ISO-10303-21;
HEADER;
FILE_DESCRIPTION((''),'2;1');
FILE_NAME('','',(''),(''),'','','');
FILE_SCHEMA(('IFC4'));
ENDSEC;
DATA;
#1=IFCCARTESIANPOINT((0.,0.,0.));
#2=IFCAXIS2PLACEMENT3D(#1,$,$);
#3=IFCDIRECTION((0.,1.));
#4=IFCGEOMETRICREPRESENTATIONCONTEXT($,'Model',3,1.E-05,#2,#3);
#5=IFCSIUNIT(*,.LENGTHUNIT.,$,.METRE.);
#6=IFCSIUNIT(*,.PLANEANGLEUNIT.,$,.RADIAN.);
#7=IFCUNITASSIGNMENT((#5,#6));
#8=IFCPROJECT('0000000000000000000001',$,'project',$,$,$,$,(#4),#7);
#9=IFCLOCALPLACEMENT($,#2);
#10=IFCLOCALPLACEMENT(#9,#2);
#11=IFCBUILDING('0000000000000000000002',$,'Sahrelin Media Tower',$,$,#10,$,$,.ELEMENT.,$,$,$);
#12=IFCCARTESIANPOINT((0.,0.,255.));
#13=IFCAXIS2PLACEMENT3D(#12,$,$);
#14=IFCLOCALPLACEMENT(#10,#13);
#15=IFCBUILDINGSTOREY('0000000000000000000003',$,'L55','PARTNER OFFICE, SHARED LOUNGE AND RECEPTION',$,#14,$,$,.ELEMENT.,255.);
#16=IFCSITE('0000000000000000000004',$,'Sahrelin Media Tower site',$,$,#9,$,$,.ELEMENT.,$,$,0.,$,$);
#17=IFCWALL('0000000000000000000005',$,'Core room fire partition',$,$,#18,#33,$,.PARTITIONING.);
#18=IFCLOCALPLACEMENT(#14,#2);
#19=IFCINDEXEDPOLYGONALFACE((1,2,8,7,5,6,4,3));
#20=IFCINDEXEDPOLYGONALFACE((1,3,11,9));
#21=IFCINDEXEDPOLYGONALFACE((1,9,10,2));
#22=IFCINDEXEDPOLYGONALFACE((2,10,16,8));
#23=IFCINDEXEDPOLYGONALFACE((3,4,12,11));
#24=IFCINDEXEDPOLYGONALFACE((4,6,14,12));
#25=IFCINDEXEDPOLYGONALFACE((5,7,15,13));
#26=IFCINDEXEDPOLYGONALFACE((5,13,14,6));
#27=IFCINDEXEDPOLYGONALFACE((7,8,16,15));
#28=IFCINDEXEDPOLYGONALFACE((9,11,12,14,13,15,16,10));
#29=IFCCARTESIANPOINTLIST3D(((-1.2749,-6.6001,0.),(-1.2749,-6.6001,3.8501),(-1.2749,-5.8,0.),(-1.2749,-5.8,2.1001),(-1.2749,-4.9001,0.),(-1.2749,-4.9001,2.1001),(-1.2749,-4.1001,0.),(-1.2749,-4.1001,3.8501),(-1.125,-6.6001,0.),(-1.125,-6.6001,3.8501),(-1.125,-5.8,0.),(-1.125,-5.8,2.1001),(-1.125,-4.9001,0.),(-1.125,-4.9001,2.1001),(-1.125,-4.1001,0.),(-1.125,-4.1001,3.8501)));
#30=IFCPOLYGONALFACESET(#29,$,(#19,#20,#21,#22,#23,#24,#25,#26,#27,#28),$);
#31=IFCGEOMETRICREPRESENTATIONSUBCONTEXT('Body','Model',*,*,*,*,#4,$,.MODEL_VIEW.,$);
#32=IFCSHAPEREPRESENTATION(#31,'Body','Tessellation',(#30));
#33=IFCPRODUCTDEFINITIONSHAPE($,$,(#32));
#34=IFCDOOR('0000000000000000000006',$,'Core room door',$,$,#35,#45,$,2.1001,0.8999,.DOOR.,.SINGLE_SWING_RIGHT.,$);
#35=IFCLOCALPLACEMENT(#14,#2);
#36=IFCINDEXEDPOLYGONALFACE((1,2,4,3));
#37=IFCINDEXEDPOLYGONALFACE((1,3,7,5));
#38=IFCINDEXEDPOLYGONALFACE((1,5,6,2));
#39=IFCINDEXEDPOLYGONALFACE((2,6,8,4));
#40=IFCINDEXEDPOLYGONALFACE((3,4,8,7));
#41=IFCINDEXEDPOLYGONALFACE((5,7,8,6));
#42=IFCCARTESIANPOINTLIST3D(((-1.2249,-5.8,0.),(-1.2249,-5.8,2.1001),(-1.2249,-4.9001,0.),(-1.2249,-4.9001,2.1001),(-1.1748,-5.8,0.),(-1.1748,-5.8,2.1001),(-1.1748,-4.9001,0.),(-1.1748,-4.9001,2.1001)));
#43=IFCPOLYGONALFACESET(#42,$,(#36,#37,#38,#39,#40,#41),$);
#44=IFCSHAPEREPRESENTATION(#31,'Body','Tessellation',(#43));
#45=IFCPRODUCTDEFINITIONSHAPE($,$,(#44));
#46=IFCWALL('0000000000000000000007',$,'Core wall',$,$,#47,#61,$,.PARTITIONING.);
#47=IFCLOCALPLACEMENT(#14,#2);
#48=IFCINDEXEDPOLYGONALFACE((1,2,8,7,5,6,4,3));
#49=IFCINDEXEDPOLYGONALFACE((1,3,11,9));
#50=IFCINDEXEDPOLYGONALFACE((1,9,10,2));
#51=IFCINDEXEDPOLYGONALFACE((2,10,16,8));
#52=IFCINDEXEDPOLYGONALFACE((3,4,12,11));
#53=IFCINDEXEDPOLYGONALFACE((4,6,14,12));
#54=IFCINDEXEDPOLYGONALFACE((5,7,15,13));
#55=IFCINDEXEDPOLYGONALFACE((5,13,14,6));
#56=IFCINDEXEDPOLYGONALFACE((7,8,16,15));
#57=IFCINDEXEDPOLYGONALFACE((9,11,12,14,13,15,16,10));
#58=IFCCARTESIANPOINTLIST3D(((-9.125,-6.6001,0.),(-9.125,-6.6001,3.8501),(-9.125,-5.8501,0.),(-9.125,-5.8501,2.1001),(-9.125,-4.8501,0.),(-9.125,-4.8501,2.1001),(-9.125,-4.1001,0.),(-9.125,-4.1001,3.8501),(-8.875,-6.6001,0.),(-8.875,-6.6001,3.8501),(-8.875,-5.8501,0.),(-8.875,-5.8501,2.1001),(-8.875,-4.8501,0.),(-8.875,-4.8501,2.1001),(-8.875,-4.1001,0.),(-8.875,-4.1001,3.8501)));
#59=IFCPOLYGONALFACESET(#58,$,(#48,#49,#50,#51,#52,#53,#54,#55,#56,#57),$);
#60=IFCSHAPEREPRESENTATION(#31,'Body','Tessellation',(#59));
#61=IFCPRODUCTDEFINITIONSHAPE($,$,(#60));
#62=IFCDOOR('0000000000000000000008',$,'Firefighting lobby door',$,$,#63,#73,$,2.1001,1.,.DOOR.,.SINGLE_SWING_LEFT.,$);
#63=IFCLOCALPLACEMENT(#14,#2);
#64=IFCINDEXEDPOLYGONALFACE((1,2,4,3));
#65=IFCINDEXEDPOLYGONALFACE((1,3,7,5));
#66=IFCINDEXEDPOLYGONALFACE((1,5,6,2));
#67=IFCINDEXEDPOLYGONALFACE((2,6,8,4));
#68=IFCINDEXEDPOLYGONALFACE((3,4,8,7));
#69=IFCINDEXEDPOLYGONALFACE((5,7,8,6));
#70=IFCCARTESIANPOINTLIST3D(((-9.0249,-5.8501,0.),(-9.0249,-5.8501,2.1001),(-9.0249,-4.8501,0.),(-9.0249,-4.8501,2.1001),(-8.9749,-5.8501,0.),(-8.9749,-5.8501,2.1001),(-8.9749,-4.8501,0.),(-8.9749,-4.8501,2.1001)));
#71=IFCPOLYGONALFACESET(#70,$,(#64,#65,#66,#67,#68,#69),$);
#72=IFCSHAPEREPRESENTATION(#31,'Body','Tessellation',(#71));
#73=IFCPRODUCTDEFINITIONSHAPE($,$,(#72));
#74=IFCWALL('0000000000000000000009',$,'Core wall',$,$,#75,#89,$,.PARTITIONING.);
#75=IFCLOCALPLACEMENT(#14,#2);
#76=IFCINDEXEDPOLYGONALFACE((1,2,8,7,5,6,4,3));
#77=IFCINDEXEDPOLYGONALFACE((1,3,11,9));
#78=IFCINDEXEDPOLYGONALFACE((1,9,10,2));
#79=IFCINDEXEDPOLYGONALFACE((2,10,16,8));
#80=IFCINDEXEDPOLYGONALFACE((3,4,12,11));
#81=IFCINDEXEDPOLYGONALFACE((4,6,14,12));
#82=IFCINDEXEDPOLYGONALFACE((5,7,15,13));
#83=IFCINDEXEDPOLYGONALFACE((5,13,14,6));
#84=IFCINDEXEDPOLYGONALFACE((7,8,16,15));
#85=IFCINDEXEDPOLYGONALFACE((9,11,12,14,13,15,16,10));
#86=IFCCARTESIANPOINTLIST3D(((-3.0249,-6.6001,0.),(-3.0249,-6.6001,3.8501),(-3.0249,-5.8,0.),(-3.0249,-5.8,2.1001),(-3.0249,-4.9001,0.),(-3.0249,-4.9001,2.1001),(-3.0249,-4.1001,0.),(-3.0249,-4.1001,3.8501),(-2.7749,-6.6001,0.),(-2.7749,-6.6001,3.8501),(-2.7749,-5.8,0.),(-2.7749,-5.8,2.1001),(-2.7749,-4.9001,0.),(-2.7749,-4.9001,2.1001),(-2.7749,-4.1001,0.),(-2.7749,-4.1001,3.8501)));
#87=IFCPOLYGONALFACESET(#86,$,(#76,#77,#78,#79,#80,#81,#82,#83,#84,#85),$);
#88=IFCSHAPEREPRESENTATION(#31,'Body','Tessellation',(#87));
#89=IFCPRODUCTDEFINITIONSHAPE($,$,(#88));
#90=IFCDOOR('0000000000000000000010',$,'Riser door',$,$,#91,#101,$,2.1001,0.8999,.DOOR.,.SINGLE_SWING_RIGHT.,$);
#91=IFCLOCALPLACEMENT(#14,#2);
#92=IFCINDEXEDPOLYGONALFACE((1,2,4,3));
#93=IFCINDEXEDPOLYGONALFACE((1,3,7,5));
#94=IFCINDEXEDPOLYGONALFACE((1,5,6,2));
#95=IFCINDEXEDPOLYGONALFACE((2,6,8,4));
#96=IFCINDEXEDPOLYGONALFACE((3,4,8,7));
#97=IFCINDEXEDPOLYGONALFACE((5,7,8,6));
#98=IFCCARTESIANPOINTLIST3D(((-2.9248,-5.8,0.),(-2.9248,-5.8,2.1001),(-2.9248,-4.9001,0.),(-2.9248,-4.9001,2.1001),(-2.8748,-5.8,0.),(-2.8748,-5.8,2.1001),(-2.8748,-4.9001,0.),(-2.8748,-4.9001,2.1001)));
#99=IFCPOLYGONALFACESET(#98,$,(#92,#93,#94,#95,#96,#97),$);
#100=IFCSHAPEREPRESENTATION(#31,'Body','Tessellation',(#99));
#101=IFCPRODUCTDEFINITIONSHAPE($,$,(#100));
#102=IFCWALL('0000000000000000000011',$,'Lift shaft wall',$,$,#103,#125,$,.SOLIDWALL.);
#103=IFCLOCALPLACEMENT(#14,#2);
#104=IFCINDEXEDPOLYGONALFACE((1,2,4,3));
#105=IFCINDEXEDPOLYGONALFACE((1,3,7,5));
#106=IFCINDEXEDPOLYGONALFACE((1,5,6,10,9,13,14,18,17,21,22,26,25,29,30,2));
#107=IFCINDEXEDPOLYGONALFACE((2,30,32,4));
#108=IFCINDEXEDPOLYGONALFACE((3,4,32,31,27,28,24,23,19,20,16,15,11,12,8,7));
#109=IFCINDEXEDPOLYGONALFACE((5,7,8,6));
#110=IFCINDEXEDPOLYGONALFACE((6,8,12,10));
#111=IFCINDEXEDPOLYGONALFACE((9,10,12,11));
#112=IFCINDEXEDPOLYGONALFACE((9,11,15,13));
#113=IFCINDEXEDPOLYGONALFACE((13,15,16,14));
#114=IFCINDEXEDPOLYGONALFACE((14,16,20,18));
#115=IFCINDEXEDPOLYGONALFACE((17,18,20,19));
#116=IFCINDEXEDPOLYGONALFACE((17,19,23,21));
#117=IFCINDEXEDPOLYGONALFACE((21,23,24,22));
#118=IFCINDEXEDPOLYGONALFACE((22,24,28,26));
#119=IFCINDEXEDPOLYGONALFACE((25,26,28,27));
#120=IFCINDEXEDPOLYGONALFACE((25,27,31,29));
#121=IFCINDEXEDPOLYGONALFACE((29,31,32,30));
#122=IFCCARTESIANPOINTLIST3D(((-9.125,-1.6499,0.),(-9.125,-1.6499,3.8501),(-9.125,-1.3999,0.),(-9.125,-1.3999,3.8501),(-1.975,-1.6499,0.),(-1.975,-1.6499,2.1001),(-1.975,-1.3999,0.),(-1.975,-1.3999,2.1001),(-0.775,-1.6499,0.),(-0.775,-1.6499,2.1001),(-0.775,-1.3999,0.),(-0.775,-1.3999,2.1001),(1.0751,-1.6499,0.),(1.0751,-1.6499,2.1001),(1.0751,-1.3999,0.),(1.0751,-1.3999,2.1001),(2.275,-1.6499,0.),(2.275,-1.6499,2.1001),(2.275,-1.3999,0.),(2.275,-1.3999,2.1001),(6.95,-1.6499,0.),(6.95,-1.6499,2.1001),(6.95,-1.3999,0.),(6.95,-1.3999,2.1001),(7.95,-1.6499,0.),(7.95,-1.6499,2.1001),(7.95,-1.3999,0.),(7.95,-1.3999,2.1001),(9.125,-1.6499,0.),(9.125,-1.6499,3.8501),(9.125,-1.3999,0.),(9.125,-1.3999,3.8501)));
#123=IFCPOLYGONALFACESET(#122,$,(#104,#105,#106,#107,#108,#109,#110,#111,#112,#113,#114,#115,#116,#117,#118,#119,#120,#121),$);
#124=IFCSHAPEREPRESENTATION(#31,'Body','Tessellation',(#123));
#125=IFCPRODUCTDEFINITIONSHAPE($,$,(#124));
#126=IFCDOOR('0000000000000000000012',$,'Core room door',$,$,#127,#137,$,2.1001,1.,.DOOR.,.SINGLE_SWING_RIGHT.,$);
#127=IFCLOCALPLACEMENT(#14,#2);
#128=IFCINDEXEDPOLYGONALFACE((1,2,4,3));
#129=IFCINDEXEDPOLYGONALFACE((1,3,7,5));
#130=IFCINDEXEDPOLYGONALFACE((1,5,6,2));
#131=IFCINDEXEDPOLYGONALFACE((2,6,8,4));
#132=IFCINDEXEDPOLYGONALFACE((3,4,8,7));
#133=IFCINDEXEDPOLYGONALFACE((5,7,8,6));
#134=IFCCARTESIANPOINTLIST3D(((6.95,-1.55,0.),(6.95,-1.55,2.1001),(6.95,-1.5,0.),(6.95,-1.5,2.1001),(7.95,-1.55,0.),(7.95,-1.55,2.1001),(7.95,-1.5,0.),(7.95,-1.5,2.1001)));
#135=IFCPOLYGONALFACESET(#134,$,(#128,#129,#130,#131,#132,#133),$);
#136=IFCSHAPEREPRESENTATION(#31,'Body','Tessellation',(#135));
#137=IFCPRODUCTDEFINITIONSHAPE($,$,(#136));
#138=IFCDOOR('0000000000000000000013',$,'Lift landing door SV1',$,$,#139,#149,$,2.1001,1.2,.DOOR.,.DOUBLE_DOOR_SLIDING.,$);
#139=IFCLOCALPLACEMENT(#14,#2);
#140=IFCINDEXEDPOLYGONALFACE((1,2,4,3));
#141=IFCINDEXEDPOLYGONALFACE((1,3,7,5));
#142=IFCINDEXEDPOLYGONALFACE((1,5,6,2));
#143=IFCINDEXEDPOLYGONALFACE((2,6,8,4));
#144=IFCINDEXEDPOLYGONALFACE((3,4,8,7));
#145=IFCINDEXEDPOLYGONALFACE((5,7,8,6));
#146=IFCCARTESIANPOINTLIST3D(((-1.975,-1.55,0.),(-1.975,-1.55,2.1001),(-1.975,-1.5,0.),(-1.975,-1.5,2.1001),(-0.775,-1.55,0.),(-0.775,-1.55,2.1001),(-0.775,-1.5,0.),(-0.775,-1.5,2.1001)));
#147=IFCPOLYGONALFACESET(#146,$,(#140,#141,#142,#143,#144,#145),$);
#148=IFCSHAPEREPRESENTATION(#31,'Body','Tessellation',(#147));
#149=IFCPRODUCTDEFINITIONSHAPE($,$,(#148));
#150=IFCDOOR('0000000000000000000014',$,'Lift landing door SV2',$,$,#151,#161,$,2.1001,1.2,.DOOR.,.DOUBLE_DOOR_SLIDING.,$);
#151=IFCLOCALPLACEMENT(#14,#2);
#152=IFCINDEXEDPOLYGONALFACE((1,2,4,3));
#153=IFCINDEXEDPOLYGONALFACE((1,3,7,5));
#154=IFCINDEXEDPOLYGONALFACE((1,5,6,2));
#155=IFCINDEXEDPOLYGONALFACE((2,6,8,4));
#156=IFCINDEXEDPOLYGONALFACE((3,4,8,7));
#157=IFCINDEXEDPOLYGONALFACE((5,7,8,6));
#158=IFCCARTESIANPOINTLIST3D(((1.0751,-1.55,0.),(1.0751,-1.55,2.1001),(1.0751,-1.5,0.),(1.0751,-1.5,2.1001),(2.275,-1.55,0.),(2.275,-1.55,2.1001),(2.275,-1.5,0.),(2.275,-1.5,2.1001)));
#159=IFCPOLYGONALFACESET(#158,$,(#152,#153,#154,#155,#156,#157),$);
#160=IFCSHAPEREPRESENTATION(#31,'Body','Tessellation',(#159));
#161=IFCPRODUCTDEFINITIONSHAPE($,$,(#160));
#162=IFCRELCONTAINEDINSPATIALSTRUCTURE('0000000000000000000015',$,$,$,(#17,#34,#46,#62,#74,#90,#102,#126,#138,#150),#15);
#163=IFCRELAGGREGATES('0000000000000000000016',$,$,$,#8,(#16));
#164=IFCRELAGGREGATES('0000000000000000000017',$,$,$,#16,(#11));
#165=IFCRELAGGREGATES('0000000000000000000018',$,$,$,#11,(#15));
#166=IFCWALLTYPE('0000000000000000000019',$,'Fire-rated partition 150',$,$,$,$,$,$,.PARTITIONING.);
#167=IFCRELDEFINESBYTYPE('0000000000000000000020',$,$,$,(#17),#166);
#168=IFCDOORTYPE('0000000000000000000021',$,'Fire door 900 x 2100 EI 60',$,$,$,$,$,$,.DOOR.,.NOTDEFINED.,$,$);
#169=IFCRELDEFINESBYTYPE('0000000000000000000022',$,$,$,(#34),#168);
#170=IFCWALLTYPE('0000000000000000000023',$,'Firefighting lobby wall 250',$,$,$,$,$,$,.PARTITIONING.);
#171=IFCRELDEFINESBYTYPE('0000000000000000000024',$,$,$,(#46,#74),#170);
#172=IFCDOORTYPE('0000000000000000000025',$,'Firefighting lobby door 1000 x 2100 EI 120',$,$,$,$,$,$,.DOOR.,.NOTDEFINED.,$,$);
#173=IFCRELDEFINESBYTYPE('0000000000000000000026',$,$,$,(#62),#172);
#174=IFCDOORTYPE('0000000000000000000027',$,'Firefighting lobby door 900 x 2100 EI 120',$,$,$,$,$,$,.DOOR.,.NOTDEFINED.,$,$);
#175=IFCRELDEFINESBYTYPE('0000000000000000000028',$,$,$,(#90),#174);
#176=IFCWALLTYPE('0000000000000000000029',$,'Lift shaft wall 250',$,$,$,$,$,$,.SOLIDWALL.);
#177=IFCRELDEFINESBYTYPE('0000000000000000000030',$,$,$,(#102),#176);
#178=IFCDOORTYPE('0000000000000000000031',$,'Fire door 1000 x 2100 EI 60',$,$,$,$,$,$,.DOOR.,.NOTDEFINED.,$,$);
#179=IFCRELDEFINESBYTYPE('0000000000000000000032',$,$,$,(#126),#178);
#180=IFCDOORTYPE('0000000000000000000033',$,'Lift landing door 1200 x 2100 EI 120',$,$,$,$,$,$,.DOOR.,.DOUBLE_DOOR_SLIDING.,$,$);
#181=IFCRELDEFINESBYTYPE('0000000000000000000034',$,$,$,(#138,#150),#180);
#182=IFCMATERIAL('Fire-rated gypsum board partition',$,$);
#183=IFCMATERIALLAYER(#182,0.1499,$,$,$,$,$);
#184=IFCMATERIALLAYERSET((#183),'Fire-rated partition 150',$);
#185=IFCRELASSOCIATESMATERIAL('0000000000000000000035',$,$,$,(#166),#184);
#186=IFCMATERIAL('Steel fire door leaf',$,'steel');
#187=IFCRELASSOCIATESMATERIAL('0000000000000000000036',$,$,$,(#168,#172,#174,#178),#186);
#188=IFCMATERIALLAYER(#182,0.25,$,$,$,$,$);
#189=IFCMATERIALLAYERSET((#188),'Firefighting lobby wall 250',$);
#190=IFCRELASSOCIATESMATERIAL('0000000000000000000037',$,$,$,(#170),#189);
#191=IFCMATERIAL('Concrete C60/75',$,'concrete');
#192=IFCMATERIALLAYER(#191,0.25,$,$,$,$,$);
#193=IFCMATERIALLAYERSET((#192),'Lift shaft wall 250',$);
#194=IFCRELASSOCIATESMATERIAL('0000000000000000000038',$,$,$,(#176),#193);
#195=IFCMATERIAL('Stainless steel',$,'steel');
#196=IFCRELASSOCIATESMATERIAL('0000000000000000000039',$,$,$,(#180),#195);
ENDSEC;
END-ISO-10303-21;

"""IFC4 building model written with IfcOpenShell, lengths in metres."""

from ifc_helpers import new_model, si_unit, direction, frame, frame_2d, origin, place, context, subcontext, project, spatial, rectangle, extrude, material, layer, layer_set, type_object, element, fill, save


model = new_model("IFC4")

# Units and contexts
model_context = context("Model", 3, precision=1e-05, world=origin(), true_north=direction((0.0, 1.0)))
body_context = subcontext(model_context, "Body", "Model", "MODEL_VIEW")
ifc_project = project(units=[si_unit("LENGTHUNIT", "METRE"), si_unit("PLANEANGLEUNIT", "RADIAN")], contexts=[model_context])

# Site, building, storey
site_placement = place(None, origin())
site = spatial("IfcSite", under=ifc_project, at=site_placement, Name="Sahrelin Media Tower site", CompositionType="ELEMENT", RefElevation=0.0)
building_placement = place(site_placement, origin())
building = spatial("IfcBuilding", under=site, at=building_placement, Name="Sahrelin Media Tower", CompositionType="ELEMENT")
storey_placement = place(building_placement, frame((0.0, 0.0, 255.0)))
storey = spatial("IfcBuildingStorey", under=building, at=storey_placement, Name="L55", Description="PARTNER OFFICE, SHARED LOUNGE AND RECEPTION", CompositionType="ELEMENT", Elevation=255.0)

# Shared definitions
ifc_material_1 = material(Name="Concrete C60/75", Category="concrete")

# Walls, openings, doors
ifc_material_2 = material(Name="Fire-rated gypsum board partition")
ifc_layer_1 = layer(ifc_material_2, 0.1499)
ifc_layer_set_1 = layer_set([ifc_layer_1], Name="Fire-rated partition 150")
wall_type_1 = type_object("IfcWallType", Name="Fire-rated partition 150", PredefinedType="PARTITIONING", material=ifc_layer_set_1)
wall_1_placement = place(storey_placement, frame((-1.2, -6.6001, 0.0), z_axis=(0.0, 0.0, 1.0), x_axis=(0.0, 1.0, 0.0)))
wall_1 = element("IfcWall", 1, at=wall_1_placement, inside=storey, type_object=wall_type_1, Name="Core room fire partition", PredefinedType="PARTITIONING", context=body_context, shape_type="SweptSolid", body=[
    extrude(rectangle(XDim=2.5, YDim=0.1499, at=frame_2d((1.25, 0.0))), origin(), (0.0, 0.0, 1.0), 3.8501),
])
opening_1_placement = place(wall_1_placement, frame((0.8, 0.0, 0.0)))
opening_1 = element("IfcOpeningElement", 2, at=opening_1_placement, cuts=wall_1, PredefinedType="OPENING", context=body_context, shape_type="SweptSolid", body=[
    extrude(rectangle(XDim=0.8999, YDim=2.1001, at=frame_2d((0.45, 1.05))), frame((0.0, 0.075, 0.0), z_axis=(0.0, -1.0, 0.0), x_axis=(1.0, 0.0, 0.0)), (0.0, 0.0, 1.0), 0.1499),
])
ifc_material_3 = material(Name="Steel fire door leaf", Category="steel")
door_type_1 = type_object("IfcDoorType", Name="Fire door 900 x 2100 EI 60", OperationType="NOTDEFINED", PredefinedType="DOOR", material=ifc_material_3)
door_1_placement = place(opening_1_placement, origin())
door_1 = element("IfcDoor", 3, at=door_1_placement, inside=storey, type_object=door_type_1, Name="Core room door", OperationType="SINGLE_SWING_RIGHT", OverallHeight=2.1001, OverallWidth=0.8999, PredefinedType="DOOR", context=body_context, shape_type="SweptSolid", body=[
    extrude(rectangle(XDim=0.8999, YDim=2.1001, at=frame_2d((0.45, 1.05))), frame((0.0, 0.0249, 0.0), z_axis=(0.0, -1.0, 0.0), x_axis=(1.0, 0.0, 0.0)), (0.0, 0.0, 1.0), 0.05),
])
fill(opening_1, door_1)
ifc_layer_2 = layer(ifc_material_2, 0.25)
ifc_layer_set_2 = layer_set([ifc_layer_2], Name="Firefighting lobby wall 250")
wall_type_2 = type_object("IfcWallType", Name="Firefighting lobby wall 250", PredefinedType="PARTITIONING", material=ifc_layer_set_2)
wall_2_placement = place(storey_placement, frame((-9.0, -6.6001, 0.0), z_axis=(0.0, 0.0, 1.0), x_axis=(0.0, 1.0, 0.0)))
wall_2 = element("IfcWall", 4, at=wall_2_placement, inside=storey, type_object=wall_type_2, Name="Core wall", PredefinedType="PARTITIONING", context=body_context, shape_type="SweptSolid", body=[
    extrude(rectangle(XDim=2.5, YDim=0.25, at=frame_2d((1.25, 0.0))), origin(), (0.0, 0.0, 1.0), 3.8501),
])
opening_2_placement = place(wall_2_placement, frame((0.75, 0.0, 0.0)))
opening_2 = element("IfcOpeningElement", 5, at=opening_2_placement, cuts=wall_2, PredefinedType="OPENING", context=body_context, shape_type="SweptSolid", body=[
    extrude(rectangle(XDim=1.0, YDim=2.1001, at=frame_2d((0.5, 1.05))), frame((0.0, 0.125, 0.0), z_axis=(0.0, -1.0, 0.0), x_axis=(1.0, 0.0, 0.0)), (0.0, 0.0, 1.0), 0.25),
])
door_type_2 = type_object("IfcDoorType", Name="Firefighting lobby door 1000 x 2100 EI 120", OperationType="NOTDEFINED", PredefinedType="DOOR", material=ifc_material_3)
door_2_placement = place(opening_2_placement, origin())
door_2 = element("IfcDoor", 6, at=door_2_placement, inside=storey, type_object=door_type_2, Name="Firefighting lobby door", OperationType="SINGLE_SWING_LEFT", OverallHeight=2.1001, OverallWidth=1.0, PredefinedType="DOOR", context=body_context, shape_type="SweptSolid", body=[
    extrude(rectangle(XDim=1.0, YDim=2.1001, at=frame_2d((0.5, 1.05))), frame((0.0, 0.0249, 0.0), z_axis=(0.0, -1.0, 0.0), x_axis=(1.0, 0.0, 0.0)), (0.0, 0.0, 1.0), 0.05),
])
fill(opening_2, door_2)
wall_3_placement = place(storey_placement, frame((-2.8999, -6.6001, 0.0), z_axis=(0.0, 0.0, 1.0), x_axis=(0.0, 1.0, 0.0)))
wall_3 = element("IfcWall", 7, at=wall_3_placement, inside=storey, type_object=wall_type_2, Name="Core wall", PredefinedType="PARTITIONING", context=body_context, shape_type="SweptSolid", body=[
    extrude(rectangle(XDim=2.5, YDim=0.25, at=frame_2d((1.25, 0.0))), origin(), (0.0, 0.0, 1.0), 3.8501),
])
opening_3_placement = place(wall_3_placement, frame((0.8, 0.0, 0.0)))
opening_3 = element("IfcOpeningElement", 8, at=opening_3_placement, cuts=wall_3, PredefinedType="OPENING", context=body_context, shape_type="SweptSolid", body=[
    extrude(rectangle(XDim=0.8999, YDim=2.1001, at=frame_2d((0.45, 1.05))), frame((0.0, 0.125, 0.0), z_axis=(0.0, -1.0, 0.0), x_axis=(1.0, 0.0, 0.0)), (0.0, 0.0, 1.0), 0.25),
])
door_type_3 = type_object("IfcDoorType", Name="Firefighting lobby door 900 x 2100 EI 120", OperationType="NOTDEFINED", PredefinedType="DOOR", material=ifc_material_3)
door_3_placement = place(opening_3_placement, origin())
door_3 = element("IfcDoor", 9, at=door_3_placement, inside=storey, type_object=door_type_3, Name="Riser door", OperationType="SINGLE_SWING_RIGHT", OverallHeight=2.1001, OverallWidth=0.8999, PredefinedType="DOOR", context=body_context, shape_type="SweptSolid", body=[
    extrude(rectangle(XDim=0.8999, YDim=2.1001, at=frame_2d((0.45, 1.05))), frame((0.0, 0.0249, 0.0), z_axis=(0.0, -1.0, 0.0), x_axis=(1.0, 0.0, 0.0)), (0.0, 0.0, 1.0), 0.05),
])
fill(opening_3, door_3)

# Wall, openings, doors
ifc_layer_3 = layer(ifc_material_1, 0.25)
ifc_layer_set_3 = layer_set([ifc_layer_3], Name="Lift shaft wall 250")
wall_type_3 = type_object("IfcWallType", Name="Lift shaft wall 250", PredefinedType="SOLIDWALL", material=ifc_layer_set_3)
wall_4_placement = place(storey_placement, frame((-9.125, -1.5249, 0.0), z_axis=(0.0, 0.0, 1.0), x_axis=(1.0, 0.0, 0.0)))
wall_4 = element("IfcWall", 10, at=wall_4_placement, inside=storey, type_object=wall_type_3, Name="Lift shaft wall", PredefinedType="SOLIDWALL", context=body_context, shape_type="SweptSolid", body=[
    extrude(rectangle(XDim=18.25, YDim=0.25, at=frame_2d((9.125, 0.0))), origin(), (0.0, 0.0, 1.0), 3.8501),
])
opening_4_placement = place(wall_4_placement, frame((7.1499, 0.0, 0.0)))
opening_4 = element("IfcOpeningElement", 11, at=opening_4_placement, cuts=wall_4, PredefinedType="OPENING", context=body_context, shape_type="SweptSolid", body=[
    extrude(rectangle(XDim=1.2, YDim=2.1001, at=frame_2d((0.6001, 1.05))), frame((0.0, 0.125, 0.0), z_axis=(0.0, -1.0, 0.0), x_axis=(1.0, 0.0, 0.0)), (0.0, 0.0, 1.0), 0.25),
])
opening_5_placement = place(wall_4_placement, frame((10.2, 0.0, 0.0)))
opening_5 = element("IfcOpeningElement", 12, at=opening_5_placement, cuts=wall_4, PredefinedType="OPENING", context=body_context, shape_type="SweptSolid", body=[
    extrude(rectangle(XDim=1.2, YDim=2.1001, at=frame_2d((0.6001, 1.05))), frame((0.0, 0.125, 0.0), z_axis=(0.0, -1.0, 0.0), x_axis=(1.0, 0.0, 0.0)), (0.0, 0.0, 1.0), 0.25),
])
opening_6_placement = place(wall_4_placement, frame((16.075, 0.0, 0.0)))
opening_6 = element("IfcOpeningElement", 13, at=opening_6_placement, cuts=wall_4, PredefinedType="OPENING", context=body_context, shape_type="SweptSolid", body=[
    extrude(rectangle(XDim=1.0, YDim=2.1001, at=frame_2d((0.5, 1.05))), frame((0.0, 0.125, 0.0), z_axis=(0.0, -1.0, 0.0), x_axis=(1.0, 0.0, 0.0)), (0.0, 0.0, 1.0), 0.25),
])
door_type_4 = type_object("IfcDoorType", Name="Fire door 1000 x 2100 EI 60", OperationType="NOTDEFINED", PredefinedType="DOOR", material=ifc_material_3)
door_4_placement = place(opening_6_placement, origin())
door_4 = element("IfcDoor", 14, at=door_4_placement, inside=storey, type_object=door_type_4, Name="Core room door", OperationType="SINGLE_SWING_RIGHT", OverallHeight=2.1001, OverallWidth=1.0, PredefinedType="DOOR", context=body_context, shape_type="SweptSolid", body=[
    extrude(rectangle(XDim=1.0, YDim=2.1001, at=frame_2d((0.5, 1.05))), frame((0.0, 0.0249, 0.0), z_axis=(0.0, -1.0, 0.0), x_axis=(1.0, 0.0, 0.0)), (0.0, 0.0, 1.0), 0.05),
])
fill(opening_6, door_4)
ifc_material_4 = material(Name="Stainless steel", Category="steel")
door_type_5 = type_object("IfcDoorType", Name="Lift landing door 1200 x 2100 EI 120", OperationType="DOUBLE_DOOR_SLIDING", PredefinedType="DOOR", material=ifc_material_4)
door_5_placement = place(opening_4_placement, origin())
door_5 = element("IfcDoor", 15, at=door_5_placement, inside=storey, type_object=door_type_5, Name="Lift landing door SV1", OperationType="DOUBLE_DOOR_SLIDING", OverallHeight=2.1001, OverallWidth=1.2, PredefinedType="DOOR", context=body_context, shape_type="SweptSolid", body=[
    extrude(rectangle(XDim=1.2, YDim=2.1001, at=frame_2d((0.6001, 1.05))), frame((0.0, 0.0249, 0.0), z_axis=(0.0, -1.0, 0.0), x_axis=(1.0, 0.0, 0.0)), (0.0, 0.0, 1.0), 0.05),
])
fill(opening_4, door_5)
door_6_placement = place(opening_5_placement, origin())
door_6 = element("IfcDoor", 16, at=door_6_placement, inside=storey, type_object=door_type_5, Name="Lift landing door SV2", OperationType="DOUBLE_DOOR_SLIDING", OverallHeight=2.1001, OverallWidth=1.2, PredefinedType="DOOR", context=body_context, shape_type="SweptSolid", body=[
    extrude(rectangle(XDim=1.2, YDim=2.1001, at=frame_2d((0.6001, 1.05))), frame((0.0, 0.0249, 0.0), z_axis=(0.0, -1.0, 0.0), x_axis=(1.0, 0.0, 0.0)), (0.0, 0.0, 1.0), 0.05),
])
fill(opening_5, door_6)

save(model, "model.ifc")
